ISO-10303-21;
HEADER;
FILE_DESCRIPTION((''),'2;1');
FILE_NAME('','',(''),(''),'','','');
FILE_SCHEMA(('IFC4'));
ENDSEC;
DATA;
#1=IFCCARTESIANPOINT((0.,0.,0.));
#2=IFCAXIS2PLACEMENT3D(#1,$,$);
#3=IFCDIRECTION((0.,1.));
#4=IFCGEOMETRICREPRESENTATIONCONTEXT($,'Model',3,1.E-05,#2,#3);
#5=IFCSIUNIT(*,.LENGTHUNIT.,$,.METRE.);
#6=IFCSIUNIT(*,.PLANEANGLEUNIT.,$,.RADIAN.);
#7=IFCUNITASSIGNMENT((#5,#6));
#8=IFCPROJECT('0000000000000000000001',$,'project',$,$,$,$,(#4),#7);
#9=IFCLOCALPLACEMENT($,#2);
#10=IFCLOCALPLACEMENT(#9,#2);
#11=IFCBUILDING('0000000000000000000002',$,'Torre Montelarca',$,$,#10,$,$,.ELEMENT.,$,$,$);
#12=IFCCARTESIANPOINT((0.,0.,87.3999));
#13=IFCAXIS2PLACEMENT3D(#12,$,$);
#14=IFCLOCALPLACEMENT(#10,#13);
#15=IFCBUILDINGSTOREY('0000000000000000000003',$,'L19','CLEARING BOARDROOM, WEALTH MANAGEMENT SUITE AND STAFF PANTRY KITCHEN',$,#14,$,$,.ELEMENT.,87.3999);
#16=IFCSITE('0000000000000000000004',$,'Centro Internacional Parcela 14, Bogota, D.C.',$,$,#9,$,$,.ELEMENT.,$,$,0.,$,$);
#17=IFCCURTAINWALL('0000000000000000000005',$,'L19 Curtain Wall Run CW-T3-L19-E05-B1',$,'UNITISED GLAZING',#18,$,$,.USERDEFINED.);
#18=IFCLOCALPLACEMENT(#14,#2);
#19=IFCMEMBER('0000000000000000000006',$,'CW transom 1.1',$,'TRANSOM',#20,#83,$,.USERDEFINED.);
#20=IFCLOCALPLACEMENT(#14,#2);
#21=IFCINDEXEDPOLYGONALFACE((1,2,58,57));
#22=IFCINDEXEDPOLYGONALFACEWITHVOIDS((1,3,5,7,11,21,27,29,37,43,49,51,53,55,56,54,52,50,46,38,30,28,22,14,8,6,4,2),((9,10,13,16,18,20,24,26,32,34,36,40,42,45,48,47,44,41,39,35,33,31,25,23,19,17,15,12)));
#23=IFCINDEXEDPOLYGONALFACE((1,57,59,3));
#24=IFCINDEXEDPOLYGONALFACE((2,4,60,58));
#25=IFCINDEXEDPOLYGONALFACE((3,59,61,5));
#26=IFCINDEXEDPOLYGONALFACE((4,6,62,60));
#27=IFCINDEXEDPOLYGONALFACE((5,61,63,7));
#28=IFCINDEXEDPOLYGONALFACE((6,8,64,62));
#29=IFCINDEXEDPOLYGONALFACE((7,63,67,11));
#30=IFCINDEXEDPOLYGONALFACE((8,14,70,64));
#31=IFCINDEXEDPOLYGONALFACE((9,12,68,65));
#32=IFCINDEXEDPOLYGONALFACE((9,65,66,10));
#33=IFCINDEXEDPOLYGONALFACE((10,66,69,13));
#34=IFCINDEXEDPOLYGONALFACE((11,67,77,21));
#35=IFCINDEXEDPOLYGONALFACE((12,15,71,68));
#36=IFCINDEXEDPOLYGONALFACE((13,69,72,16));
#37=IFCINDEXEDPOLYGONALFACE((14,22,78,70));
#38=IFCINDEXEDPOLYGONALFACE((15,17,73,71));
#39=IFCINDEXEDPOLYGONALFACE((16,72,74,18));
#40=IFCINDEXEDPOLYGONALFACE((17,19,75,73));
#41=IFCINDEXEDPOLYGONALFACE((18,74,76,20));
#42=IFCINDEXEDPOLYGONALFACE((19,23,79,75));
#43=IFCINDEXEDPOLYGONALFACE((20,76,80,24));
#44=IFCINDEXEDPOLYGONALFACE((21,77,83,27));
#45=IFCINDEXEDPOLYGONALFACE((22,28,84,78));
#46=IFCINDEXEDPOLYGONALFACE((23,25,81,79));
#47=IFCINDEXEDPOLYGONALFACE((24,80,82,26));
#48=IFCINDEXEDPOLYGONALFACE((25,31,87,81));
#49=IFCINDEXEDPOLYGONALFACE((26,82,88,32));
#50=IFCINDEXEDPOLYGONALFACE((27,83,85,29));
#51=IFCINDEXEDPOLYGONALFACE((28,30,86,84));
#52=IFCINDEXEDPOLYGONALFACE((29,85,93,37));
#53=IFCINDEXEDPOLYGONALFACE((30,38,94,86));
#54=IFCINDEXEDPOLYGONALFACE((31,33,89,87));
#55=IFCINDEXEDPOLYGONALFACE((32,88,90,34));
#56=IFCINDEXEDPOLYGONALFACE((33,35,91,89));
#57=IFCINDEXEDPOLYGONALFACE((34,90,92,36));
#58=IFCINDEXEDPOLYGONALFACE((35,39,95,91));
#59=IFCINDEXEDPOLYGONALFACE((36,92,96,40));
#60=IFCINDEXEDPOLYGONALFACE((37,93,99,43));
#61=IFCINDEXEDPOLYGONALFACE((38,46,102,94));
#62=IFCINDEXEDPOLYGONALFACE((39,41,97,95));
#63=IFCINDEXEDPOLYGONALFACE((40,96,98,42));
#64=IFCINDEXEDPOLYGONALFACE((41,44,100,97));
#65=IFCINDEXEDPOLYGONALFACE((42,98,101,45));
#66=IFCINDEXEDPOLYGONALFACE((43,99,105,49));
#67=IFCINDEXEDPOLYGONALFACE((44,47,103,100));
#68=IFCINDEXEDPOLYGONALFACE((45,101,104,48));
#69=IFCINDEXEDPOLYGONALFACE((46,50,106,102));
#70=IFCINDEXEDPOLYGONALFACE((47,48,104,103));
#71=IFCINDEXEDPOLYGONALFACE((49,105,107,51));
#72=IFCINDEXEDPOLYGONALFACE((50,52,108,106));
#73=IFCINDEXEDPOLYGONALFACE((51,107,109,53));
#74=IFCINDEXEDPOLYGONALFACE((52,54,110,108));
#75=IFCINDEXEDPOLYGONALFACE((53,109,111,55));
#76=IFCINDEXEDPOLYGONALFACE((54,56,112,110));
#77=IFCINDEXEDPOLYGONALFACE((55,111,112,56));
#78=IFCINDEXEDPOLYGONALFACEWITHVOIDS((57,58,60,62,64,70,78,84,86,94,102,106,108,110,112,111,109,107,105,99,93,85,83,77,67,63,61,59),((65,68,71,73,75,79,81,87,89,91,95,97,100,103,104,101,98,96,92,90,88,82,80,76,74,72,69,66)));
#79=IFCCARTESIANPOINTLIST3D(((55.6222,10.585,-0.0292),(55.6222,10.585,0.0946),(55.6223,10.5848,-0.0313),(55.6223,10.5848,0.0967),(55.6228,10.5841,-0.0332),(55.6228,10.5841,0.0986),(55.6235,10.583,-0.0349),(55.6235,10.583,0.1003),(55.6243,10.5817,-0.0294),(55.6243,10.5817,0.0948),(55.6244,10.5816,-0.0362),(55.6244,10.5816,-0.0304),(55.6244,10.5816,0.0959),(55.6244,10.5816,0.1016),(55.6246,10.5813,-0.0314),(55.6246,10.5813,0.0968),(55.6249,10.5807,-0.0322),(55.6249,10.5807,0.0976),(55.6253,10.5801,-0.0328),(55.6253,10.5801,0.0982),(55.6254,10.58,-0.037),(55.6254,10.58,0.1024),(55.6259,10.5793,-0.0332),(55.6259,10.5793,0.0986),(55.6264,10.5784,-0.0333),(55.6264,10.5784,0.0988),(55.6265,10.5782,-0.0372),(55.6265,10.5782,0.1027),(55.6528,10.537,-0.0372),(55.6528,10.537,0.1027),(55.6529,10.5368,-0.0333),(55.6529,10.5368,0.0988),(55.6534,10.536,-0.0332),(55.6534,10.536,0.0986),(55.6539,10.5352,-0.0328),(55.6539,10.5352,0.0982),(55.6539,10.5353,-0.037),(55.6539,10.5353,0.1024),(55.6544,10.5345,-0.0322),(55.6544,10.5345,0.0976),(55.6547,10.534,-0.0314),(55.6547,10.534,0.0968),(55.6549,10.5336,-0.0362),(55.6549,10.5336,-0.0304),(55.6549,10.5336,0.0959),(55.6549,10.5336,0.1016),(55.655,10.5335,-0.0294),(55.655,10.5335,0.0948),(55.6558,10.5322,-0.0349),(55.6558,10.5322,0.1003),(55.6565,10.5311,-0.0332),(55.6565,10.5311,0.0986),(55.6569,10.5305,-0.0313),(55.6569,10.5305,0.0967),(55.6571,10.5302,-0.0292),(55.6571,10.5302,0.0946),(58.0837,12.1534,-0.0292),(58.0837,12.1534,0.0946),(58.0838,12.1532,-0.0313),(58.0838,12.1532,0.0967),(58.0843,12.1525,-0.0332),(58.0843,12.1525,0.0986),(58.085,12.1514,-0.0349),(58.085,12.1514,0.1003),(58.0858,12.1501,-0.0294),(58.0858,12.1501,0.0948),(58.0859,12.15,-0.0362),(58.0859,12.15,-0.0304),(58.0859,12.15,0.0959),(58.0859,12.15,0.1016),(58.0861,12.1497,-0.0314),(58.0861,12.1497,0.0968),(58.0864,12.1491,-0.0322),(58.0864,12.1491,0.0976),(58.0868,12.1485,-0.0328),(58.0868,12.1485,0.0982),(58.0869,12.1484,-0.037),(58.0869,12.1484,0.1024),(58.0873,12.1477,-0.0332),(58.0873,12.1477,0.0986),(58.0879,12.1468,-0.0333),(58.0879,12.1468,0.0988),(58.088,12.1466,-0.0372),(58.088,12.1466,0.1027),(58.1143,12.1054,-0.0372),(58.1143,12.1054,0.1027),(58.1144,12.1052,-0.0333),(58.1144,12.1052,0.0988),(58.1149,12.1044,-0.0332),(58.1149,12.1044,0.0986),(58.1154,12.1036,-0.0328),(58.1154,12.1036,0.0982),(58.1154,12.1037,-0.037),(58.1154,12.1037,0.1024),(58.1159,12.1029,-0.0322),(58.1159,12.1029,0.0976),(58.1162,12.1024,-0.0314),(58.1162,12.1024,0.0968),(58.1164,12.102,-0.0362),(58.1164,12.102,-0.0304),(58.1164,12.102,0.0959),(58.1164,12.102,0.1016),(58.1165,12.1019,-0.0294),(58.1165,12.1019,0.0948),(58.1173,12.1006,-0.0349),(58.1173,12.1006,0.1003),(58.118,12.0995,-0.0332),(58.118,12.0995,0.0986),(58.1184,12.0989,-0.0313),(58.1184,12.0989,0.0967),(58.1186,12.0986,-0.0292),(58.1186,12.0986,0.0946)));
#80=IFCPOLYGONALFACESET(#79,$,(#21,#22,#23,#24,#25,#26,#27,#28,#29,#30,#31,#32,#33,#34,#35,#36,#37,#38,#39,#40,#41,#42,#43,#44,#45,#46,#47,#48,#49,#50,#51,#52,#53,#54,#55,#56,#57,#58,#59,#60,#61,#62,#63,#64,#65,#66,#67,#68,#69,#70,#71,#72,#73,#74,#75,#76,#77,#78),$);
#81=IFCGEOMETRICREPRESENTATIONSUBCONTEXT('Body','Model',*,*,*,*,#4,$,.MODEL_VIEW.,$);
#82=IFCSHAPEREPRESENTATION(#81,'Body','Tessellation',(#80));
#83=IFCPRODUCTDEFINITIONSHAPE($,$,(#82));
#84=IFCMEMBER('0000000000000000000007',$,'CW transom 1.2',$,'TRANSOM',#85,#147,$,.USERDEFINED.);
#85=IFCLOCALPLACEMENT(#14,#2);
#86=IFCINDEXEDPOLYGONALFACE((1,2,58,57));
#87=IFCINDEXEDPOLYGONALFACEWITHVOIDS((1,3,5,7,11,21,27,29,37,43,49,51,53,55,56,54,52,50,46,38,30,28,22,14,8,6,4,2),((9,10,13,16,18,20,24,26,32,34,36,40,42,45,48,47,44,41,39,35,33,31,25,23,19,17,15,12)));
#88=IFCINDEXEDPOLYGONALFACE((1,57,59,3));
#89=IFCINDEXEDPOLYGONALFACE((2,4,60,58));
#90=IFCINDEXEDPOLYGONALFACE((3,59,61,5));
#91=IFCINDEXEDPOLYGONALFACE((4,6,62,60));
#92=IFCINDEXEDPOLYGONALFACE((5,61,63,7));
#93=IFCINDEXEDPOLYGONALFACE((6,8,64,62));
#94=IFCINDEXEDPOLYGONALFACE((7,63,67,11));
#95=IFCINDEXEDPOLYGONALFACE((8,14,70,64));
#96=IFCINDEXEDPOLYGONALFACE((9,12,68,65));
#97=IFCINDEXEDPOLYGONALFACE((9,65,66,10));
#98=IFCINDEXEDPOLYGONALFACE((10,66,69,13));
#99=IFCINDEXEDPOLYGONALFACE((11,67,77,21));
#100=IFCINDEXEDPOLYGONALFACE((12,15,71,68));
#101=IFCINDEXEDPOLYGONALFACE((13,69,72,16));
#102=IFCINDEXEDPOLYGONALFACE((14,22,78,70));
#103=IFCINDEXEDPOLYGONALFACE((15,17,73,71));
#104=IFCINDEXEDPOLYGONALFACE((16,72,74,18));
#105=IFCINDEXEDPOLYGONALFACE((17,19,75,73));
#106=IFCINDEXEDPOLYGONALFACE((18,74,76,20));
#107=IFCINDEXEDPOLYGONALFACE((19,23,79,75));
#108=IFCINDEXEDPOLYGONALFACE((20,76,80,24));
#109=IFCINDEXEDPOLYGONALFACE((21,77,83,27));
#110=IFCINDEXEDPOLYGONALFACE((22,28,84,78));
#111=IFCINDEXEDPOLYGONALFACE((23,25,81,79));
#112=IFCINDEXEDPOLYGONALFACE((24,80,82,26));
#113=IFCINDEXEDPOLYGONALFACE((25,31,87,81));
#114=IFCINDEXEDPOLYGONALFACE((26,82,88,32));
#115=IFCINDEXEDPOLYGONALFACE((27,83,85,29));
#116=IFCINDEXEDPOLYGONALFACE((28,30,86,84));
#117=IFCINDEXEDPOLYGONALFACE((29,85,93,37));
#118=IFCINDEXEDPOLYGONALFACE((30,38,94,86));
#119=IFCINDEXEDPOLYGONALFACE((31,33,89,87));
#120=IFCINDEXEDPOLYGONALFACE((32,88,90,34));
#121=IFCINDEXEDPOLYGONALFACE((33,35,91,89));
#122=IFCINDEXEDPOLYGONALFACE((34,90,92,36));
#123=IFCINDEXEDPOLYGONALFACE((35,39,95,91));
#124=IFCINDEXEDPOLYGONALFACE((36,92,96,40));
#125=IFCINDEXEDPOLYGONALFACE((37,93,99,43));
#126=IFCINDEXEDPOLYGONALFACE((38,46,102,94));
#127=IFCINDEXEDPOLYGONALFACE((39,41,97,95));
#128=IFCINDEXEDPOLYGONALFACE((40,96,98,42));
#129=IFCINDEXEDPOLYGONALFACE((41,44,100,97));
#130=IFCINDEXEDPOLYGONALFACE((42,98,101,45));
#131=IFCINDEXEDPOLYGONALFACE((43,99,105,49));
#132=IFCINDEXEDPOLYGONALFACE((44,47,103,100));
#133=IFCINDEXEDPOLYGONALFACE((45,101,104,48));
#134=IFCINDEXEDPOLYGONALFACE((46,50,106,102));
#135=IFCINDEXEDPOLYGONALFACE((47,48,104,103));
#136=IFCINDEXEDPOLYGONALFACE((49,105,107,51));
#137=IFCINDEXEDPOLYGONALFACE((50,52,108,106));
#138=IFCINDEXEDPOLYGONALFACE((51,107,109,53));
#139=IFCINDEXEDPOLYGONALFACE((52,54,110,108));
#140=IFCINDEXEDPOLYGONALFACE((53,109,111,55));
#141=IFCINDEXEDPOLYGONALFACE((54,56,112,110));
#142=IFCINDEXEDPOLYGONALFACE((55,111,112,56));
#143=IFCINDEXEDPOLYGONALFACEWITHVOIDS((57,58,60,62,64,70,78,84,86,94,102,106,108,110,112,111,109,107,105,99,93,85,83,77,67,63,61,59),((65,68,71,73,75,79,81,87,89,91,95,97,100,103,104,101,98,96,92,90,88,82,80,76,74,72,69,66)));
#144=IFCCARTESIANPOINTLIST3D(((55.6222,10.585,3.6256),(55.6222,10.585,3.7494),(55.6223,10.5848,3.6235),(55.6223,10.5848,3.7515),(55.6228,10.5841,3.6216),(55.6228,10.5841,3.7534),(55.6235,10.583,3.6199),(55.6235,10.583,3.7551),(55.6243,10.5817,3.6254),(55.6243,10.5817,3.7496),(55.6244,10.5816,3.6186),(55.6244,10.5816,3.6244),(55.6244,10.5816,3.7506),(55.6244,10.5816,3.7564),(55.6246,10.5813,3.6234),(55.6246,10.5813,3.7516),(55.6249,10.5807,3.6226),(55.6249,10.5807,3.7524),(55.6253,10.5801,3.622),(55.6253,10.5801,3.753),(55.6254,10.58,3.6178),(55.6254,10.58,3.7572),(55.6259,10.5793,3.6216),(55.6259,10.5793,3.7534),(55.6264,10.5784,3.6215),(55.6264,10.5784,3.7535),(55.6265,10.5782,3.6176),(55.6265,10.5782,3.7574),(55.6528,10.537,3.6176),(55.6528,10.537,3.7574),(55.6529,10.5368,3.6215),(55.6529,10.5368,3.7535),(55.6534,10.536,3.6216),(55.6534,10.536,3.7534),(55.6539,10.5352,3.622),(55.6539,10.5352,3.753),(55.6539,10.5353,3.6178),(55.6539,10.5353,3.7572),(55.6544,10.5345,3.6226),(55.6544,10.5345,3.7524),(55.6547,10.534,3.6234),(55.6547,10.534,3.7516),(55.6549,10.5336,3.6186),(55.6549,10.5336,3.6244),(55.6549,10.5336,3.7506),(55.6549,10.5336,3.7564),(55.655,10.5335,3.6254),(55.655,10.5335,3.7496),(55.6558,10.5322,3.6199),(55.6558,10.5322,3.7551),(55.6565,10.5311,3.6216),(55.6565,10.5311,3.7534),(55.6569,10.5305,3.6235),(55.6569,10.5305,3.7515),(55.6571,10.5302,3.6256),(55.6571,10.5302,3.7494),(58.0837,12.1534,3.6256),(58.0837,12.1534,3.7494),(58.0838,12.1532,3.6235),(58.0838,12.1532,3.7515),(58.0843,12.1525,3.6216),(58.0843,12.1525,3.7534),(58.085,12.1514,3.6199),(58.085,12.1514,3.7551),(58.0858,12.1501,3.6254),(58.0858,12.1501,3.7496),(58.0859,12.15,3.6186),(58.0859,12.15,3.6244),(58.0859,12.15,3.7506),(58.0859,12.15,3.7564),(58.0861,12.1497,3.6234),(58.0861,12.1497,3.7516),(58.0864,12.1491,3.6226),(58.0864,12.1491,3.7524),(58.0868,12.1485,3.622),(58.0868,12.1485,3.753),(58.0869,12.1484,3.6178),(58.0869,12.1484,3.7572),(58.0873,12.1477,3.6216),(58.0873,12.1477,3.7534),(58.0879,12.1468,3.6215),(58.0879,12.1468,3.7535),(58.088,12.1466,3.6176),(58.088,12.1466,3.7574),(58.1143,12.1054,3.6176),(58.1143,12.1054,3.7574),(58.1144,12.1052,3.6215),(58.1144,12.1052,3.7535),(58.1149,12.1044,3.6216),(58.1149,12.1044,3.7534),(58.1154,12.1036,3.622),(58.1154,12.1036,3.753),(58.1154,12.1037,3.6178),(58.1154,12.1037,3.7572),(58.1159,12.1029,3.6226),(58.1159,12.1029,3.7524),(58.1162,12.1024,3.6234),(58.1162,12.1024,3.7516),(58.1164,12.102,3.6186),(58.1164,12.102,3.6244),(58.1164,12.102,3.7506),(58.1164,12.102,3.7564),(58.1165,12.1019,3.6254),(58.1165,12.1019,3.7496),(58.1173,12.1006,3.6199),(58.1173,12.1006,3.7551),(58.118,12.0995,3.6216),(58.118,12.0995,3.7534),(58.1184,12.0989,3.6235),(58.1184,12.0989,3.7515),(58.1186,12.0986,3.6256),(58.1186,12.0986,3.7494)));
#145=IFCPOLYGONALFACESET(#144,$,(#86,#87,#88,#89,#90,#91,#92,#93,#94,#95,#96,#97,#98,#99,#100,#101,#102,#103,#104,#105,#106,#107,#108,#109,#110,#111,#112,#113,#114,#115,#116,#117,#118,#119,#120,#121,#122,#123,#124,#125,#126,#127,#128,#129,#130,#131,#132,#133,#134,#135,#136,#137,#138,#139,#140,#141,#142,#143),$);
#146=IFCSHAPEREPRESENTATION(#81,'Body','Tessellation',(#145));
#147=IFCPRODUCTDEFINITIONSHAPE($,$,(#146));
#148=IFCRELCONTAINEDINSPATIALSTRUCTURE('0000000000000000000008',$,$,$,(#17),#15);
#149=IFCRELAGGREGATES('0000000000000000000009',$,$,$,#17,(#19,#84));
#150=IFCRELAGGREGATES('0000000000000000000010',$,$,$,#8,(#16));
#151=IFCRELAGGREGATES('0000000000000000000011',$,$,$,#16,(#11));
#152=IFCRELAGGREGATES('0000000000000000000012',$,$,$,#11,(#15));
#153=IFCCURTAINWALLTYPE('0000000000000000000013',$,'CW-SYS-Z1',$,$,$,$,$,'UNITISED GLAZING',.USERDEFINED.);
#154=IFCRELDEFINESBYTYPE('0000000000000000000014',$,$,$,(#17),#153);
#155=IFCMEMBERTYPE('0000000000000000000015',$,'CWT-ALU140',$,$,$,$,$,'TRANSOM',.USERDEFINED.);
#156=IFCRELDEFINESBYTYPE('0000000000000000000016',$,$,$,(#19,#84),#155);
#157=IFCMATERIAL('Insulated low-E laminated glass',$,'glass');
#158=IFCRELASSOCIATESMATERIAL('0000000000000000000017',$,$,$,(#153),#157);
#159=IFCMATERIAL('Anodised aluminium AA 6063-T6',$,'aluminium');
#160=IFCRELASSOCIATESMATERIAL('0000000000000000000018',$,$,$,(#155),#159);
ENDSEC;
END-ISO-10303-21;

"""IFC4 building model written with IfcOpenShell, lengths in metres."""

from ifc_helpers import new_model, si_unit, direction, frame, origin, origin_2d, place, context, subcontext, project, spatial, hollow_rectangle, extrude, source, transform, mapped, material, material_profile, profile_set, type_object, element, aggregate, save


model = new_model("IFC4")

# Units and contexts
model_context = context("Model", 3, precision=1e-05, world=origin(), true_north=direction((0.0, 1.0)))
body_context = subcontext(model_context, "Body", "Model", "MODEL_VIEW")
ifc_project = project(units=[si_unit("LENGTHUNIT", "METRE"), si_unit("PLANEANGLEUNIT", "RADIAN")], contexts=[model_context])

# Site, building, storey
site_placement = place(None, origin())
site = spatial("IfcSite", under=ifc_project, at=site_placement, Name="Centro Internacional Parcela 14, Bogota, D.C.", CompositionType="ELEMENT", RefElevation=0.0)
building_placement = place(site_placement, origin())
building = spatial("IfcBuilding", under=site, at=building_placement, Name="Torre Montelarca", CompositionType="ELEMENT")
storey_placement = place(building_placement, frame((0.0, 0.0, 87.3999)))
storey = spatial("IfcBuildingStorey", under=building, at=storey_placement, Name="L19", Description="CLEARING BOARDROOM, WEALTH MANAGEMENT SUITE AND STAFF PANTRY KITCHEN", CompositionType="ELEMENT", Elevation=87.3999)

# Curtain wall, members
ifc_material_1 = material(Name="Insulated low-E laminated glass", Category="glass")
curtain_wall_type = type_object("IfcCurtainWallType", Name="CW-SYS-Z1", ElementType="UNITISED GLAZING", PredefinedType="USERDEFINED", material=ifc_material_1)
ifc_material_2 = material(Name="Anodised aluminium AA 6063-T6", Category="aluminium")
ifc_material_profile_1 = material_profile(ifc_material_2, hollow_rectangle(XDim=0.0649, YDim=0.1399, WallThickness=0.0039, InnerFilletRadius=0.0039, OuterFilletRadius=0.0081, at=origin_2d()), Name="ALU65X140X4", Category="aluminium")
ifc_profile_set_1 = profile_set([ifc_material_profile_1], Name="Anodised aluminium AA 6063-T6")
member_type_1 = type_object("IfcMemberType", Name="CWT-ALU140", ElementType="TRANSOM", PredefinedType="USERDEFINED", material=ifc_profile_set_1)
curtain_wall_1_placement = place(storey_placement, origin())
curtain_wall_1 = element("IfcCurtainWall", 1, at=curtain_wall_1_placement, inside=storey, type_object=curtain_wall_type, Name="L19 Curtain Wall Run CW-T3-L19-E05-B1", ObjectType="UNITISED GLAZING", PredefinedType="USERDEFINED")
shared_shape_1 = source(origin(), body_context, "Body", "SweptSolid", [
    extrude(hollow_rectangle(XDim=0.0649, YDim=0.1399, WallThickness=0.0039, InnerFilletRadius=0.0039, OuterFilletRadius=0.0081, at=origin_2d()), origin(), (0.0, 0.0, 1.0), 2.9187),
])
member_1_placement = place(storey_placement, frame((55.6396, 10.5576, 0.0327), z_axis=(0.843351, 0.537363, 0.0), x_axis=(-0.537363, 0.843351, 0.0)))
member_1 = element("IfcMember", 2, at=member_1_placement, type_object=member_type_1, Name="CW transom 1.1", ObjectType="TRANSOM", PredefinedType="USERDEFINED", context=body_context, shape_type="MappedRepresentation", body=[
    mapped(shared_shape_1, transform((0.0, 0.0, 0.0), scale=1.0)),
])
member_2_placement = place(storey_placement, frame((55.6396, 10.5576, 3.6875), z_axis=(0.843351, 0.537363, 0.0), x_axis=(-0.537363, 0.843351, 0.0)))
member_2 = element("IfcMember", 3, at=member_2_placement, type_object=member_type_1, Name="CW transom 1.2", ObjectType="TRANSOM", PredefinedType="USERDEFINED", context=body_context, shape_type="MappedRepresentation", body=[
    mapped(shared_shape_1, transform((0.0, 0.0, 0.0), scale=1.0)),
])

aggregate(curtain_wall_1, [member_1, member_2])

save(model, "model.ifc")
